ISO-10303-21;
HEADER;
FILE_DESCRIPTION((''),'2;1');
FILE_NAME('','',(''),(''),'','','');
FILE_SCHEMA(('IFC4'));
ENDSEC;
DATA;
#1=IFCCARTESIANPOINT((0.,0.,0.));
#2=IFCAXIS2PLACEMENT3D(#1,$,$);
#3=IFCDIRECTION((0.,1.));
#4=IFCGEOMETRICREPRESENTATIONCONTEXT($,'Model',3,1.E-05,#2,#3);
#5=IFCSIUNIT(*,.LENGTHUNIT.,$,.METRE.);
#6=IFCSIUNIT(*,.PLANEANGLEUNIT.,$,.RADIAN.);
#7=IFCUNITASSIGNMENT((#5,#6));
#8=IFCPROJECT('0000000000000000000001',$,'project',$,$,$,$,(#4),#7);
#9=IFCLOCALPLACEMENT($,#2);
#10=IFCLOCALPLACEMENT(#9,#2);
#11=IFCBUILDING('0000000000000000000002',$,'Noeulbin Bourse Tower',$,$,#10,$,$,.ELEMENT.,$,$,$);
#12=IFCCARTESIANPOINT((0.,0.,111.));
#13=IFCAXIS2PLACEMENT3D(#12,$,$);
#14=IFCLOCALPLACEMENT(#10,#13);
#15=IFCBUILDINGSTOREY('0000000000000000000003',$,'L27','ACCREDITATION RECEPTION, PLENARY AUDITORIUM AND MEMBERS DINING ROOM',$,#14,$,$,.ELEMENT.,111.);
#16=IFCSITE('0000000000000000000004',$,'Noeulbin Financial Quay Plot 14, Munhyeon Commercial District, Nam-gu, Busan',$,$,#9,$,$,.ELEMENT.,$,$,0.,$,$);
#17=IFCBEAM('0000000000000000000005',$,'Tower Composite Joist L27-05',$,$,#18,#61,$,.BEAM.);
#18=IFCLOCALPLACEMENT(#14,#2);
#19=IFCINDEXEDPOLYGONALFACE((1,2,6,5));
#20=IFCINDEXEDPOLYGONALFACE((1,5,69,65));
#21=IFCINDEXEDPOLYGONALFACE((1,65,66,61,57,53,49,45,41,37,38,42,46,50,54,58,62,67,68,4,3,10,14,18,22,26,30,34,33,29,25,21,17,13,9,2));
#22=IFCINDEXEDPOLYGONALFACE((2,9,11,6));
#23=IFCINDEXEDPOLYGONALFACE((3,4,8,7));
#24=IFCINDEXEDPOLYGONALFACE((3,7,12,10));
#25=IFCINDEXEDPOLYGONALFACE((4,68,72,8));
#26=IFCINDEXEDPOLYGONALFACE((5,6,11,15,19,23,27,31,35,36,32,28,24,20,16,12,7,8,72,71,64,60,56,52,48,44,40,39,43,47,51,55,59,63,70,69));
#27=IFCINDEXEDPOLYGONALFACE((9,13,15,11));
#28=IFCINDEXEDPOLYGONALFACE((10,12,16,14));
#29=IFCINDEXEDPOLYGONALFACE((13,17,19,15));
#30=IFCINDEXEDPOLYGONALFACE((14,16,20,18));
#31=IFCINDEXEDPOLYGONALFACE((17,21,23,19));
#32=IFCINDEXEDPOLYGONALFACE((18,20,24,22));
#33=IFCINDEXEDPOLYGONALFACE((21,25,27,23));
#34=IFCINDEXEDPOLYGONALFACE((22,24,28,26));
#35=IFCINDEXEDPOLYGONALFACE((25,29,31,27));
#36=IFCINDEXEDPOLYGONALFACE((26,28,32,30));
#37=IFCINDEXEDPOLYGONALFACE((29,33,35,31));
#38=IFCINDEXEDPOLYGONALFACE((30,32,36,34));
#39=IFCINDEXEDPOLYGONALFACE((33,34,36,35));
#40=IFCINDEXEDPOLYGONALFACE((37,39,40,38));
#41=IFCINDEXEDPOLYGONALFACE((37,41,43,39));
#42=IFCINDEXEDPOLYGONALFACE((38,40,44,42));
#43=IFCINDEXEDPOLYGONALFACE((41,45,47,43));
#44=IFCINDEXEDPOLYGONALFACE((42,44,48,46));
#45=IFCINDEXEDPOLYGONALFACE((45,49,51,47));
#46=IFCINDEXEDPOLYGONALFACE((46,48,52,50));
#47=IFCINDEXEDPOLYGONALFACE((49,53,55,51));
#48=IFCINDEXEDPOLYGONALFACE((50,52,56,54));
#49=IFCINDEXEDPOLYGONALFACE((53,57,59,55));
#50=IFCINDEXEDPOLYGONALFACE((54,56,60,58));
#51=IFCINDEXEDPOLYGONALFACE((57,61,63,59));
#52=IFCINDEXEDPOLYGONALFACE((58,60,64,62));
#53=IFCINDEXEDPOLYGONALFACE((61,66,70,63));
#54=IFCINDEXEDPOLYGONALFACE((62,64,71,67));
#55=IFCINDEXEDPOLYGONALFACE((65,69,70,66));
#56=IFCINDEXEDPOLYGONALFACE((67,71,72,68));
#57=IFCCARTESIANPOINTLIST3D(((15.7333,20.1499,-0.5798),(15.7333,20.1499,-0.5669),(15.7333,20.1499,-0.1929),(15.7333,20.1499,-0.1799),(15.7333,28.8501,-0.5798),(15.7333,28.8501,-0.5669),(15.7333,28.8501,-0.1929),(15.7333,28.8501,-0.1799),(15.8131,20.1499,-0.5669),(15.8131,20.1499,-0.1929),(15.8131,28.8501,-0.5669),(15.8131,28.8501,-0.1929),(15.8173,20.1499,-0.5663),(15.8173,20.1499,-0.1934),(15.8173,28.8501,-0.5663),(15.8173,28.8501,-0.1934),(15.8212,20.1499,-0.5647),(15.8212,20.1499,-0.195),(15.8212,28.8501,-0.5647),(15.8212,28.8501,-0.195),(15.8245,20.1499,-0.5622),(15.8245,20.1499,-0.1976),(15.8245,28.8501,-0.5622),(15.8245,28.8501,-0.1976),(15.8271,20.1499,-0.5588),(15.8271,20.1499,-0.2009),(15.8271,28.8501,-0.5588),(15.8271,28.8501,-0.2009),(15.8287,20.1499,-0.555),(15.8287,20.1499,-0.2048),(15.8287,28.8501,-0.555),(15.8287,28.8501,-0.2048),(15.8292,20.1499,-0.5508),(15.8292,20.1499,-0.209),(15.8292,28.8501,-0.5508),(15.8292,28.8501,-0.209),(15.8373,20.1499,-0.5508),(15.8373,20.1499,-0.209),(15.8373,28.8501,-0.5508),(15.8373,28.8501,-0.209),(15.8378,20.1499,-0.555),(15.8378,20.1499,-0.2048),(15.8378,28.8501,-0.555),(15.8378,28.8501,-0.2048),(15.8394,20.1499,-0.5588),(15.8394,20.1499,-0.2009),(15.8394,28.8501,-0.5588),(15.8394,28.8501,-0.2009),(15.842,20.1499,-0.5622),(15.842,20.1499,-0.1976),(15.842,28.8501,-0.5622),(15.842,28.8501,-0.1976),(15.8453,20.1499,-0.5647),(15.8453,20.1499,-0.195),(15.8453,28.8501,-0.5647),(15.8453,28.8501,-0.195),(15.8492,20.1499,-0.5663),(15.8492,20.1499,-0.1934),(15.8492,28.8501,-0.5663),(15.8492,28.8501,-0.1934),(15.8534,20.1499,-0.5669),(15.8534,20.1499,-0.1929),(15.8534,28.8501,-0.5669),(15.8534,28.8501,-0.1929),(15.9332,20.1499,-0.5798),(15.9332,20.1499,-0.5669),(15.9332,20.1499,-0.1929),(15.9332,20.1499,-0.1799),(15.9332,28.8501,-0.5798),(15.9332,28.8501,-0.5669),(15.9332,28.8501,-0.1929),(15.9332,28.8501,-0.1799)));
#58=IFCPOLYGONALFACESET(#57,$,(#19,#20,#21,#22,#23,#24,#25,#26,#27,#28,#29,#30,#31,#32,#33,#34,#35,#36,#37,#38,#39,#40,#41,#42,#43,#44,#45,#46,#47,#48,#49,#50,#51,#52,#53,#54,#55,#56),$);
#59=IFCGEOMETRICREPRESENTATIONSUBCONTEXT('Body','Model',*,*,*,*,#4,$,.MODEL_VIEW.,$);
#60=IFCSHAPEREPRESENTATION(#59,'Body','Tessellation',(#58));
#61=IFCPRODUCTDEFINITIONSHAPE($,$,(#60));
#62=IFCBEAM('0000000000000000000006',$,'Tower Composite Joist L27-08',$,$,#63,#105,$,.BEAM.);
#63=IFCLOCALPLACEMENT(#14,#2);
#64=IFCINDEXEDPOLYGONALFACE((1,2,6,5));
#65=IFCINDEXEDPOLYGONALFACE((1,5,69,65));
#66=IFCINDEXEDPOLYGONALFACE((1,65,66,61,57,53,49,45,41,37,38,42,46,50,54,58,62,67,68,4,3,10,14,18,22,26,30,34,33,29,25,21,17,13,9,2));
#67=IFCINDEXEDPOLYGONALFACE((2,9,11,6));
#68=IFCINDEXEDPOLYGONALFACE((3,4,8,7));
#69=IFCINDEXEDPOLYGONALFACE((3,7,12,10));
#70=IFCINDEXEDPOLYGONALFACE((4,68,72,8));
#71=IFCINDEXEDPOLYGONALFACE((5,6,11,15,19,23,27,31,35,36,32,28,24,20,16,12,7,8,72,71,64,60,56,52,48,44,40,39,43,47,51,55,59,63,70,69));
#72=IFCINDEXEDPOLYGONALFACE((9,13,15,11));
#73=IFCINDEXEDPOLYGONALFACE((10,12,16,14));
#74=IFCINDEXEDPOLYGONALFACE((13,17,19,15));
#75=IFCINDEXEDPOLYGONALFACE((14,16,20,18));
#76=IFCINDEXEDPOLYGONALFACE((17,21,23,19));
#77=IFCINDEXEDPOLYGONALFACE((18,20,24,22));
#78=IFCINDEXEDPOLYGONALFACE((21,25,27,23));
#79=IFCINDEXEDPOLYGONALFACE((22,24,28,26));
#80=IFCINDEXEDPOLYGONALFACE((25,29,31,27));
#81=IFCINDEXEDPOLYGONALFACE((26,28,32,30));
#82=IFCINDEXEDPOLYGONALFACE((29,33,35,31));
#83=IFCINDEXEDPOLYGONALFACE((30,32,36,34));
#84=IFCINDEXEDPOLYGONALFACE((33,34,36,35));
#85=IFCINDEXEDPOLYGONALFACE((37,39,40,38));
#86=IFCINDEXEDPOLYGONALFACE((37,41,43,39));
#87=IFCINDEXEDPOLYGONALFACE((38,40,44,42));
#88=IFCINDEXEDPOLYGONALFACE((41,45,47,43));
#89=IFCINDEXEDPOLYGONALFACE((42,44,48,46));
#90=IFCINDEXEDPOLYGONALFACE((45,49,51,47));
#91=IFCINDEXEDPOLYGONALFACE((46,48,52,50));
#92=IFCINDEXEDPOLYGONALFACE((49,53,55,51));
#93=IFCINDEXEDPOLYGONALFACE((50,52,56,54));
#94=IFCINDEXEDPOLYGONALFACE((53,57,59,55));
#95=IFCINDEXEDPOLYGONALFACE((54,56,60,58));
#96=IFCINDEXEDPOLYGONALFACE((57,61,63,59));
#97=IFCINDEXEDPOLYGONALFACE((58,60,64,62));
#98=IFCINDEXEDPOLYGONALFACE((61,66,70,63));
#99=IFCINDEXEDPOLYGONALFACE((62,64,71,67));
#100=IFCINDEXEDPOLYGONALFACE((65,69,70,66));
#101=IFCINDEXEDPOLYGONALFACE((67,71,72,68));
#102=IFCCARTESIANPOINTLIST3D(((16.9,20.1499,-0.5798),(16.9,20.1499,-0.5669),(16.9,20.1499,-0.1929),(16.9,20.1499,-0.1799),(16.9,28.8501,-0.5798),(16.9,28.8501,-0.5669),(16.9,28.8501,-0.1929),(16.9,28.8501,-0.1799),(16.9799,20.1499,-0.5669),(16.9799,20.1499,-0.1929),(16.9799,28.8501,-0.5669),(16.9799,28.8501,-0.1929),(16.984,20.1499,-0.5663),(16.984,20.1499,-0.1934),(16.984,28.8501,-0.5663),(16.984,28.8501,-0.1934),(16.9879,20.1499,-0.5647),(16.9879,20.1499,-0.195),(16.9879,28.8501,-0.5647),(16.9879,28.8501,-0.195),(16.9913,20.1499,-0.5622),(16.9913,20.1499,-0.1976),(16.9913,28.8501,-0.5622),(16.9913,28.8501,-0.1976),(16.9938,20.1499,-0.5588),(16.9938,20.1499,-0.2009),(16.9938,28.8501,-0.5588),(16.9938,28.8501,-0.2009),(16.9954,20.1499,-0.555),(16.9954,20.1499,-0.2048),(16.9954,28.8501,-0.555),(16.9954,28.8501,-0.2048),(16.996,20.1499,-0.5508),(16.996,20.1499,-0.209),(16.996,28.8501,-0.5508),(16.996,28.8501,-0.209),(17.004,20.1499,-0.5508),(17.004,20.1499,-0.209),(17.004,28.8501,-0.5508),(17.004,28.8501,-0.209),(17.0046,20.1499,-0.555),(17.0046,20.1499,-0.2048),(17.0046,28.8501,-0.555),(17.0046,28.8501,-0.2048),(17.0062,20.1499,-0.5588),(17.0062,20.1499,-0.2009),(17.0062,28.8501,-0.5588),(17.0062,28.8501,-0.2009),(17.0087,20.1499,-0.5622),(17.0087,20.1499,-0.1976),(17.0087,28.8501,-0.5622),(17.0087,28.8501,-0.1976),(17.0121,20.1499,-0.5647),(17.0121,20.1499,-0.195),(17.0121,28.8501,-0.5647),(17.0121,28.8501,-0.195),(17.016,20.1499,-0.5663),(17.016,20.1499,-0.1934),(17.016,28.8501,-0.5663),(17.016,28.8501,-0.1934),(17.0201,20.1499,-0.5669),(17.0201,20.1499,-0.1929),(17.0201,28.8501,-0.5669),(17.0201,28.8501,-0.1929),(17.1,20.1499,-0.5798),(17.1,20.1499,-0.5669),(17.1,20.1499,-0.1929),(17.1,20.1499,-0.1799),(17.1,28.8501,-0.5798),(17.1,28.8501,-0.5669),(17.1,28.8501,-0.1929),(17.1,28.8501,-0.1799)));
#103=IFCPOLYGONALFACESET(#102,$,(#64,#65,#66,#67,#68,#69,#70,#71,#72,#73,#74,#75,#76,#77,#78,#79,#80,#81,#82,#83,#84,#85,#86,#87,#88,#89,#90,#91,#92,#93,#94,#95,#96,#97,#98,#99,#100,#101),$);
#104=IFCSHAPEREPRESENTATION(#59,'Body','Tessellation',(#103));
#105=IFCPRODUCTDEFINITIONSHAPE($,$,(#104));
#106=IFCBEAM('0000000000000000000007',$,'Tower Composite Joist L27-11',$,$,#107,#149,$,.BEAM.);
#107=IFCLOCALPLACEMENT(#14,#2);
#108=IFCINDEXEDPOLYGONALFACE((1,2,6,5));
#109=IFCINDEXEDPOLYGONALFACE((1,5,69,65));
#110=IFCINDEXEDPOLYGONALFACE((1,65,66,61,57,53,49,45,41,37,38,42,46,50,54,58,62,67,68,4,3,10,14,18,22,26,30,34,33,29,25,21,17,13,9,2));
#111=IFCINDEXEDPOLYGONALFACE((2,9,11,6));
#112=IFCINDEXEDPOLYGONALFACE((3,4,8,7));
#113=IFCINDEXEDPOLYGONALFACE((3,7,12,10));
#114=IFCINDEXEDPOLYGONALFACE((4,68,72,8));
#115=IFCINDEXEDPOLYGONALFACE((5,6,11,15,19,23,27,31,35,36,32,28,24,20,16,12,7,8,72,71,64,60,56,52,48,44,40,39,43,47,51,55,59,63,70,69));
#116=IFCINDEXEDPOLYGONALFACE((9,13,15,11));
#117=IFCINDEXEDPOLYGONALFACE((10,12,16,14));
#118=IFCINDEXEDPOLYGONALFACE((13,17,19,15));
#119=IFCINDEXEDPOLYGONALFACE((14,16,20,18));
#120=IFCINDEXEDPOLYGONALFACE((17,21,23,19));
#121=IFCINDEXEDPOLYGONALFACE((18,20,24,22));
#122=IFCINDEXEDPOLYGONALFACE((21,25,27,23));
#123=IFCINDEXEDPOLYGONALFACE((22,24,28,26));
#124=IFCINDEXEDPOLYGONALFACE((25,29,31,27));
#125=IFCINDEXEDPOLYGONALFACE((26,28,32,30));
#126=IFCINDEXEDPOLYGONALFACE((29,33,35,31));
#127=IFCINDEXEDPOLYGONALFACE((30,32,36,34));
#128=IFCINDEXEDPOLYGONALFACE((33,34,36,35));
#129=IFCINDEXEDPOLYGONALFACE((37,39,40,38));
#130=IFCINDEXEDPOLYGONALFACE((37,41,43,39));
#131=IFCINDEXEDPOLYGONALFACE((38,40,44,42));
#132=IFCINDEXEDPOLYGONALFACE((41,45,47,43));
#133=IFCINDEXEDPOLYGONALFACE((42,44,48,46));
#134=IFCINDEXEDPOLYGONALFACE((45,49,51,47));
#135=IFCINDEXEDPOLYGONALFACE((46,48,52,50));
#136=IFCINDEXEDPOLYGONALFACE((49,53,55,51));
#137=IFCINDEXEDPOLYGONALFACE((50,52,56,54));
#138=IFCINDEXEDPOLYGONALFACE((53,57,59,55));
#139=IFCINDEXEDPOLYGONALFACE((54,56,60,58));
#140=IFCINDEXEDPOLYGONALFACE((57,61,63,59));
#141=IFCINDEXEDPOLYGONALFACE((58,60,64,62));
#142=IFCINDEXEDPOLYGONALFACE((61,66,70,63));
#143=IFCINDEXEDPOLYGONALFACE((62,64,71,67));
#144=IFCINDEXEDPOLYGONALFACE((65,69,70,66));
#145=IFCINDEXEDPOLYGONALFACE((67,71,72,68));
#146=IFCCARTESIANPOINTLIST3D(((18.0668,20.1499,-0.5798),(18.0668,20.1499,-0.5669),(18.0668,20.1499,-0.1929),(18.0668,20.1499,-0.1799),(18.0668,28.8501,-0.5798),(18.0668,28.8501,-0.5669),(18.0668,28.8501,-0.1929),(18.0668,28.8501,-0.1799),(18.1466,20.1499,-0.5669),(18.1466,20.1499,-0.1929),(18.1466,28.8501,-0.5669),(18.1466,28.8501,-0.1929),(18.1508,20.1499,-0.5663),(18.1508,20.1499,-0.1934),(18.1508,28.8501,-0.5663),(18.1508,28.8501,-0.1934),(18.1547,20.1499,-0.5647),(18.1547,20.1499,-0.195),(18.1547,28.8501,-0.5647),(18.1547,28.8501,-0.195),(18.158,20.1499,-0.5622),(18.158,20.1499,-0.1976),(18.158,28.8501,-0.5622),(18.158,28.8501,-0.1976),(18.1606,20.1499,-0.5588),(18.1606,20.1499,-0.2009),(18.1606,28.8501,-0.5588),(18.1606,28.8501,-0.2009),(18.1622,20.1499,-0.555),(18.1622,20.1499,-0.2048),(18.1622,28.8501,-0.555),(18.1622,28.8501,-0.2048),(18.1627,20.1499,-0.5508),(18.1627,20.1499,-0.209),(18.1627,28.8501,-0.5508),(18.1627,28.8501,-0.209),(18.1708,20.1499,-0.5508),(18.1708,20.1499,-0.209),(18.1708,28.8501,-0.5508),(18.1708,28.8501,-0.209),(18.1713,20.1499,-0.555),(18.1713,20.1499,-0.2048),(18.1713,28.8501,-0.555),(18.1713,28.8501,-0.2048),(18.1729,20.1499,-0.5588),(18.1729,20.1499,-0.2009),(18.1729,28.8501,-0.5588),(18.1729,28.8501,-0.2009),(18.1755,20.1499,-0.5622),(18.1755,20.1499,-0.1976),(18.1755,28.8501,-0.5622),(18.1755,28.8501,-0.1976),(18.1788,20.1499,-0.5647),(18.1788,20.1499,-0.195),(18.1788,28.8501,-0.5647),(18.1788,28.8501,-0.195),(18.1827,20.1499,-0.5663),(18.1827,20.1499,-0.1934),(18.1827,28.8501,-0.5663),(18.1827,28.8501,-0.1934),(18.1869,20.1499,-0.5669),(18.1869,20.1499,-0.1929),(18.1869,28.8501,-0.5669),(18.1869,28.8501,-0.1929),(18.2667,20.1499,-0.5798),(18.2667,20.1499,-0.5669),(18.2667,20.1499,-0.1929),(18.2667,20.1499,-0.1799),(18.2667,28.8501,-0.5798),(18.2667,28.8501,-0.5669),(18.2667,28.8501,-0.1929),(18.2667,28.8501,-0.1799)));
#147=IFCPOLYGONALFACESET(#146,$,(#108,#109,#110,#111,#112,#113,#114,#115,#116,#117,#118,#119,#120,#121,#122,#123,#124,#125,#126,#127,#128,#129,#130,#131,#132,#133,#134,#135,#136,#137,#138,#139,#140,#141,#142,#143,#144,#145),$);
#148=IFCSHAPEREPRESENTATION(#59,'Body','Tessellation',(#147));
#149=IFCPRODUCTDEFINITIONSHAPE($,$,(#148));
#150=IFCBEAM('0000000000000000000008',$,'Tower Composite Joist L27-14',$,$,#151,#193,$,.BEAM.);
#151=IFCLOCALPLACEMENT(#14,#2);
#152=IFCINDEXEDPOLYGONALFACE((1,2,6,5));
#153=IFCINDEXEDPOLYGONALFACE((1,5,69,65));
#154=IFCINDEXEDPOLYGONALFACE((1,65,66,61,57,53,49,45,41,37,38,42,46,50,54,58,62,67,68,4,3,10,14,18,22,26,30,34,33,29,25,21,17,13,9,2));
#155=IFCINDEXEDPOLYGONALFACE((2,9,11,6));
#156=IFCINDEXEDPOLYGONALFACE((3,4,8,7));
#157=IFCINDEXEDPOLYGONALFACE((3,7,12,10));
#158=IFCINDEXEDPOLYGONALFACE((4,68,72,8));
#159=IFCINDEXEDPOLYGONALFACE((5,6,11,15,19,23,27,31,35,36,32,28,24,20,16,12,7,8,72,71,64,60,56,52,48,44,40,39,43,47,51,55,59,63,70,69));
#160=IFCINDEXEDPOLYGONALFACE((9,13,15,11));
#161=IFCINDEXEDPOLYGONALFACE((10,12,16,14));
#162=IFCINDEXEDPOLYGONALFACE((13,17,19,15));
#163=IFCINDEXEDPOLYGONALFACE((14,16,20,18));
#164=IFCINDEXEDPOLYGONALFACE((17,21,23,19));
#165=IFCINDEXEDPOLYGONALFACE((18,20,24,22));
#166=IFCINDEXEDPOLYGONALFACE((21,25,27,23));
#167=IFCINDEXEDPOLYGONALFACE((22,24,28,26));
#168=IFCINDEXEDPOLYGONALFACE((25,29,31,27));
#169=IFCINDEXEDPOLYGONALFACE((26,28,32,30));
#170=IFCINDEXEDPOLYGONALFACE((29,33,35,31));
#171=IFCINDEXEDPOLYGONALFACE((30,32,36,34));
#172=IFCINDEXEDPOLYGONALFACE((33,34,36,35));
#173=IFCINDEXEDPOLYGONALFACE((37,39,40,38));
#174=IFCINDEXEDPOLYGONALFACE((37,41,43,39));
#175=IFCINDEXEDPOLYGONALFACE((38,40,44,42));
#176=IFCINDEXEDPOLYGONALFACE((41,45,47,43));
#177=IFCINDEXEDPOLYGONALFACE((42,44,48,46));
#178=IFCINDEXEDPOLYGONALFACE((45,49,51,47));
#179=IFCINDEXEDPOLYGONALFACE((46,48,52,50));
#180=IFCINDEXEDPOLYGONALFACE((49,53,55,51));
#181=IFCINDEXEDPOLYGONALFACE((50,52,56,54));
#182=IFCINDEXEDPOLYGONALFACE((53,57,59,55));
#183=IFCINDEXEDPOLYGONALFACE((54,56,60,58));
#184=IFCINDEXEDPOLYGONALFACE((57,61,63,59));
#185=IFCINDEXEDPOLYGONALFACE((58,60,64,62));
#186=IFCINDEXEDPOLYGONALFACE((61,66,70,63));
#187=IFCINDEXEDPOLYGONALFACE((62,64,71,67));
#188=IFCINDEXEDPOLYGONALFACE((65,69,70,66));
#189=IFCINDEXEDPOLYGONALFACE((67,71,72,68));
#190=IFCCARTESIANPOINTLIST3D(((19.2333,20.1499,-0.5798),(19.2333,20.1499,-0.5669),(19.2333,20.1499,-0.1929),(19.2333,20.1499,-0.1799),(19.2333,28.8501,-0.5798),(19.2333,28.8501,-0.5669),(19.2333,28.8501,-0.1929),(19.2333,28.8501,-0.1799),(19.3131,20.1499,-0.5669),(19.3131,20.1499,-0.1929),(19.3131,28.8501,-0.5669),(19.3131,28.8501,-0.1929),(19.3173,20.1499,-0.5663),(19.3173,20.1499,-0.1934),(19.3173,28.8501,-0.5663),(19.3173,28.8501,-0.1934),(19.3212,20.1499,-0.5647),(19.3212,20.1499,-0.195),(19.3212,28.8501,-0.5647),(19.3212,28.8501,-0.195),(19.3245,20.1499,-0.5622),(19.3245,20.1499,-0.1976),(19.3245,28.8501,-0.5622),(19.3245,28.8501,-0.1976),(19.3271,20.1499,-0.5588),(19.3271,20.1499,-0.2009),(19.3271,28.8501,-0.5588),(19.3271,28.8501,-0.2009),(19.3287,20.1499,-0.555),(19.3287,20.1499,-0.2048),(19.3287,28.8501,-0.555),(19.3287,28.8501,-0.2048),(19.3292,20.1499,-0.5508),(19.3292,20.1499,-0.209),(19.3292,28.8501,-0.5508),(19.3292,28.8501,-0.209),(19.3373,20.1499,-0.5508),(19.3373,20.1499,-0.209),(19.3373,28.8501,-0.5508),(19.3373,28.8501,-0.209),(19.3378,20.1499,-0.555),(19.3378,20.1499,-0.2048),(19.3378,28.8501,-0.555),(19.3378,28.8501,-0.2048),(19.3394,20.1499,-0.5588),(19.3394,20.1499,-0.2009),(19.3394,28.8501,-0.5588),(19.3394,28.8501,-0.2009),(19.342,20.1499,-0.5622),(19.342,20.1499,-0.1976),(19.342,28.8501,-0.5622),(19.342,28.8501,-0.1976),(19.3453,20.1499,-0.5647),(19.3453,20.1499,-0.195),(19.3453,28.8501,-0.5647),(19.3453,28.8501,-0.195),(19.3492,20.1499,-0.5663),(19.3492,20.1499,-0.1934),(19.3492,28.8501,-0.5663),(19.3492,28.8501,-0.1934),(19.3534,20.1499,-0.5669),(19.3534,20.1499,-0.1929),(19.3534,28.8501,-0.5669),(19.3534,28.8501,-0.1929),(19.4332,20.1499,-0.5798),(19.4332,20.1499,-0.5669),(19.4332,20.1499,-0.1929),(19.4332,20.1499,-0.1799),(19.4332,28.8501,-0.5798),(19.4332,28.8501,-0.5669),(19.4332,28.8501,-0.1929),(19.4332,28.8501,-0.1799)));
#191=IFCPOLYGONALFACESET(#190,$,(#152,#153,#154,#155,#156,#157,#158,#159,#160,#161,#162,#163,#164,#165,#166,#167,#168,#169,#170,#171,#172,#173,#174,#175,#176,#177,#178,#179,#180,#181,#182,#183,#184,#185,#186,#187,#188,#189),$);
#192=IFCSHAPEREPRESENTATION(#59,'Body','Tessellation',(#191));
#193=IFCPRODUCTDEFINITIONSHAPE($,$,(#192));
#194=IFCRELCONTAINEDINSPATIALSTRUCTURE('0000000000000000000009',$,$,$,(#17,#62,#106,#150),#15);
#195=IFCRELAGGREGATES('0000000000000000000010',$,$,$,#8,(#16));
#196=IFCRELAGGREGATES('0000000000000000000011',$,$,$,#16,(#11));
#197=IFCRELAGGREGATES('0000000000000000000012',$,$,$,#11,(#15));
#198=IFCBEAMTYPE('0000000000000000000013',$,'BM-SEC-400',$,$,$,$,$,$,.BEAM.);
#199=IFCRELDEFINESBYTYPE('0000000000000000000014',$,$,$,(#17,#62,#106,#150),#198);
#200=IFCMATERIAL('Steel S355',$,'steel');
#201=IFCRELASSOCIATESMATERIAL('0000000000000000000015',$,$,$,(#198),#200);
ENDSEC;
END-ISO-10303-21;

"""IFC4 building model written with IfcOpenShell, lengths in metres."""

from ifc_helpers import new_model, si_unit, direction, frame, origin, origin_2d, place, context, subcontext, project, spatial, i_section, extrude, material, material_profile, profile_set, type_object, element, save


model = new_model("IFC4")

# Units and contexts
model_context = context("Model", 3, precision=1e-05, world=origin(), true_north=direction((0.0, 1.0)))
body_context = subcontext(model_context, "Body", "Model", "MODEL_VIEW")
ifc_project = project(units=[si_unit("LENGTHUNIT", "METRE"), si_unit("PLANEANGLEUNIT", "RADIAN")], contexts=[model_context])

# Site, building, storey
site_placement = place(None, origin())
site = spatial("IfcSite", under=ifc_project, at=site_placement, Name="Noeulbin Financial Quay Plot 14, Munhyeon Commercial District, Nam-gu, Busan", CompositionType="ELEMENT", RefElevation=0.0)
building_placement = place(site_placement, origin())
building = spatial("IfcBuilding", under=site, at=building_placement, Name="Noeulbin Bourse Tower", CompositionType="ELEMENT")
storey_placement = place(building_placement, frame((0.0, 0.0, 111.0)))
storey = spatial("IfcBuildingStorey", under=building, at=storey_placement, Name="L27", Description="ACCREDITATION RECEPTION, PLENARY AUDITORIUM AND MEMBERS DINING ROOM", CompositionType="ELEMENT", Elevation=111.0)

# Beams
ifc_material_1 = material(Name="Steel S355", Category="steel")
ifc_material_profile_1 = material_profile(ifc_material_1, i_section(OverallWidth=0.2, OverallDepth=0.3999, WebThickness=0.0081, FlangeThickness=0.0129, FilletRadius=0.0161, at=origin_2d()), Name="H-400x200x8x13", Category="LoadBearing")
ifc_profile_set_1 = profile_set([ifc_material_profile_1], Name="Steel S355")
beam_type_1 = type_object("IfcBeamType", Name="BM-SEC-400", PredefinedType="BEAM", material=ifc_profile_set_1)
for number, where, z_axis, x_axis, name in (
    (1, (15.8333, 20.1499, -0.3799), (0.0, 1.0, 0.0), (-1.0, 0.0, 0.0), "Tower Composite Joist L27-05"),
    (2, (17.0, 20.1499, -0.3799), (0.0, 1.0, 0.0), (-1.0, 0.0, 0.0), "Tower Composite Joist L27-08"),
    (3, (18.1667, 20.1499, -0.3799), (0.0, 1.0, 0.0), (-1.0, 0.0, 0.0), "Tower Composite Joist L27-11"),
    (4, (19.3333, 20.1499, -0.3799), (0.0, 1.0, 0.0), (-1.0, 0.0, 0.0), "Tower Composite Joist L27-14"),
):
    element("IfcBeam", number, at=place(storey_placement, frame(where, z_axis=z_axis, x_axis=x_axis)), inside=storey, type_object=beam_type_1, Name=name, PredefinedType="BEAM", context=body_context, shape_type="SweptSolid", body=[
        extrude(i_section(OverallWidth=0.2, OverallDepth=0.3999, WebThickness=0.0081, FlangeThickness=0.0129, FilletRadius=0.0161, at=origin_2d()), origin(), (0.0, 0.0, 1.0), 8.7002),
    ])

save(model, "model.ifc")
